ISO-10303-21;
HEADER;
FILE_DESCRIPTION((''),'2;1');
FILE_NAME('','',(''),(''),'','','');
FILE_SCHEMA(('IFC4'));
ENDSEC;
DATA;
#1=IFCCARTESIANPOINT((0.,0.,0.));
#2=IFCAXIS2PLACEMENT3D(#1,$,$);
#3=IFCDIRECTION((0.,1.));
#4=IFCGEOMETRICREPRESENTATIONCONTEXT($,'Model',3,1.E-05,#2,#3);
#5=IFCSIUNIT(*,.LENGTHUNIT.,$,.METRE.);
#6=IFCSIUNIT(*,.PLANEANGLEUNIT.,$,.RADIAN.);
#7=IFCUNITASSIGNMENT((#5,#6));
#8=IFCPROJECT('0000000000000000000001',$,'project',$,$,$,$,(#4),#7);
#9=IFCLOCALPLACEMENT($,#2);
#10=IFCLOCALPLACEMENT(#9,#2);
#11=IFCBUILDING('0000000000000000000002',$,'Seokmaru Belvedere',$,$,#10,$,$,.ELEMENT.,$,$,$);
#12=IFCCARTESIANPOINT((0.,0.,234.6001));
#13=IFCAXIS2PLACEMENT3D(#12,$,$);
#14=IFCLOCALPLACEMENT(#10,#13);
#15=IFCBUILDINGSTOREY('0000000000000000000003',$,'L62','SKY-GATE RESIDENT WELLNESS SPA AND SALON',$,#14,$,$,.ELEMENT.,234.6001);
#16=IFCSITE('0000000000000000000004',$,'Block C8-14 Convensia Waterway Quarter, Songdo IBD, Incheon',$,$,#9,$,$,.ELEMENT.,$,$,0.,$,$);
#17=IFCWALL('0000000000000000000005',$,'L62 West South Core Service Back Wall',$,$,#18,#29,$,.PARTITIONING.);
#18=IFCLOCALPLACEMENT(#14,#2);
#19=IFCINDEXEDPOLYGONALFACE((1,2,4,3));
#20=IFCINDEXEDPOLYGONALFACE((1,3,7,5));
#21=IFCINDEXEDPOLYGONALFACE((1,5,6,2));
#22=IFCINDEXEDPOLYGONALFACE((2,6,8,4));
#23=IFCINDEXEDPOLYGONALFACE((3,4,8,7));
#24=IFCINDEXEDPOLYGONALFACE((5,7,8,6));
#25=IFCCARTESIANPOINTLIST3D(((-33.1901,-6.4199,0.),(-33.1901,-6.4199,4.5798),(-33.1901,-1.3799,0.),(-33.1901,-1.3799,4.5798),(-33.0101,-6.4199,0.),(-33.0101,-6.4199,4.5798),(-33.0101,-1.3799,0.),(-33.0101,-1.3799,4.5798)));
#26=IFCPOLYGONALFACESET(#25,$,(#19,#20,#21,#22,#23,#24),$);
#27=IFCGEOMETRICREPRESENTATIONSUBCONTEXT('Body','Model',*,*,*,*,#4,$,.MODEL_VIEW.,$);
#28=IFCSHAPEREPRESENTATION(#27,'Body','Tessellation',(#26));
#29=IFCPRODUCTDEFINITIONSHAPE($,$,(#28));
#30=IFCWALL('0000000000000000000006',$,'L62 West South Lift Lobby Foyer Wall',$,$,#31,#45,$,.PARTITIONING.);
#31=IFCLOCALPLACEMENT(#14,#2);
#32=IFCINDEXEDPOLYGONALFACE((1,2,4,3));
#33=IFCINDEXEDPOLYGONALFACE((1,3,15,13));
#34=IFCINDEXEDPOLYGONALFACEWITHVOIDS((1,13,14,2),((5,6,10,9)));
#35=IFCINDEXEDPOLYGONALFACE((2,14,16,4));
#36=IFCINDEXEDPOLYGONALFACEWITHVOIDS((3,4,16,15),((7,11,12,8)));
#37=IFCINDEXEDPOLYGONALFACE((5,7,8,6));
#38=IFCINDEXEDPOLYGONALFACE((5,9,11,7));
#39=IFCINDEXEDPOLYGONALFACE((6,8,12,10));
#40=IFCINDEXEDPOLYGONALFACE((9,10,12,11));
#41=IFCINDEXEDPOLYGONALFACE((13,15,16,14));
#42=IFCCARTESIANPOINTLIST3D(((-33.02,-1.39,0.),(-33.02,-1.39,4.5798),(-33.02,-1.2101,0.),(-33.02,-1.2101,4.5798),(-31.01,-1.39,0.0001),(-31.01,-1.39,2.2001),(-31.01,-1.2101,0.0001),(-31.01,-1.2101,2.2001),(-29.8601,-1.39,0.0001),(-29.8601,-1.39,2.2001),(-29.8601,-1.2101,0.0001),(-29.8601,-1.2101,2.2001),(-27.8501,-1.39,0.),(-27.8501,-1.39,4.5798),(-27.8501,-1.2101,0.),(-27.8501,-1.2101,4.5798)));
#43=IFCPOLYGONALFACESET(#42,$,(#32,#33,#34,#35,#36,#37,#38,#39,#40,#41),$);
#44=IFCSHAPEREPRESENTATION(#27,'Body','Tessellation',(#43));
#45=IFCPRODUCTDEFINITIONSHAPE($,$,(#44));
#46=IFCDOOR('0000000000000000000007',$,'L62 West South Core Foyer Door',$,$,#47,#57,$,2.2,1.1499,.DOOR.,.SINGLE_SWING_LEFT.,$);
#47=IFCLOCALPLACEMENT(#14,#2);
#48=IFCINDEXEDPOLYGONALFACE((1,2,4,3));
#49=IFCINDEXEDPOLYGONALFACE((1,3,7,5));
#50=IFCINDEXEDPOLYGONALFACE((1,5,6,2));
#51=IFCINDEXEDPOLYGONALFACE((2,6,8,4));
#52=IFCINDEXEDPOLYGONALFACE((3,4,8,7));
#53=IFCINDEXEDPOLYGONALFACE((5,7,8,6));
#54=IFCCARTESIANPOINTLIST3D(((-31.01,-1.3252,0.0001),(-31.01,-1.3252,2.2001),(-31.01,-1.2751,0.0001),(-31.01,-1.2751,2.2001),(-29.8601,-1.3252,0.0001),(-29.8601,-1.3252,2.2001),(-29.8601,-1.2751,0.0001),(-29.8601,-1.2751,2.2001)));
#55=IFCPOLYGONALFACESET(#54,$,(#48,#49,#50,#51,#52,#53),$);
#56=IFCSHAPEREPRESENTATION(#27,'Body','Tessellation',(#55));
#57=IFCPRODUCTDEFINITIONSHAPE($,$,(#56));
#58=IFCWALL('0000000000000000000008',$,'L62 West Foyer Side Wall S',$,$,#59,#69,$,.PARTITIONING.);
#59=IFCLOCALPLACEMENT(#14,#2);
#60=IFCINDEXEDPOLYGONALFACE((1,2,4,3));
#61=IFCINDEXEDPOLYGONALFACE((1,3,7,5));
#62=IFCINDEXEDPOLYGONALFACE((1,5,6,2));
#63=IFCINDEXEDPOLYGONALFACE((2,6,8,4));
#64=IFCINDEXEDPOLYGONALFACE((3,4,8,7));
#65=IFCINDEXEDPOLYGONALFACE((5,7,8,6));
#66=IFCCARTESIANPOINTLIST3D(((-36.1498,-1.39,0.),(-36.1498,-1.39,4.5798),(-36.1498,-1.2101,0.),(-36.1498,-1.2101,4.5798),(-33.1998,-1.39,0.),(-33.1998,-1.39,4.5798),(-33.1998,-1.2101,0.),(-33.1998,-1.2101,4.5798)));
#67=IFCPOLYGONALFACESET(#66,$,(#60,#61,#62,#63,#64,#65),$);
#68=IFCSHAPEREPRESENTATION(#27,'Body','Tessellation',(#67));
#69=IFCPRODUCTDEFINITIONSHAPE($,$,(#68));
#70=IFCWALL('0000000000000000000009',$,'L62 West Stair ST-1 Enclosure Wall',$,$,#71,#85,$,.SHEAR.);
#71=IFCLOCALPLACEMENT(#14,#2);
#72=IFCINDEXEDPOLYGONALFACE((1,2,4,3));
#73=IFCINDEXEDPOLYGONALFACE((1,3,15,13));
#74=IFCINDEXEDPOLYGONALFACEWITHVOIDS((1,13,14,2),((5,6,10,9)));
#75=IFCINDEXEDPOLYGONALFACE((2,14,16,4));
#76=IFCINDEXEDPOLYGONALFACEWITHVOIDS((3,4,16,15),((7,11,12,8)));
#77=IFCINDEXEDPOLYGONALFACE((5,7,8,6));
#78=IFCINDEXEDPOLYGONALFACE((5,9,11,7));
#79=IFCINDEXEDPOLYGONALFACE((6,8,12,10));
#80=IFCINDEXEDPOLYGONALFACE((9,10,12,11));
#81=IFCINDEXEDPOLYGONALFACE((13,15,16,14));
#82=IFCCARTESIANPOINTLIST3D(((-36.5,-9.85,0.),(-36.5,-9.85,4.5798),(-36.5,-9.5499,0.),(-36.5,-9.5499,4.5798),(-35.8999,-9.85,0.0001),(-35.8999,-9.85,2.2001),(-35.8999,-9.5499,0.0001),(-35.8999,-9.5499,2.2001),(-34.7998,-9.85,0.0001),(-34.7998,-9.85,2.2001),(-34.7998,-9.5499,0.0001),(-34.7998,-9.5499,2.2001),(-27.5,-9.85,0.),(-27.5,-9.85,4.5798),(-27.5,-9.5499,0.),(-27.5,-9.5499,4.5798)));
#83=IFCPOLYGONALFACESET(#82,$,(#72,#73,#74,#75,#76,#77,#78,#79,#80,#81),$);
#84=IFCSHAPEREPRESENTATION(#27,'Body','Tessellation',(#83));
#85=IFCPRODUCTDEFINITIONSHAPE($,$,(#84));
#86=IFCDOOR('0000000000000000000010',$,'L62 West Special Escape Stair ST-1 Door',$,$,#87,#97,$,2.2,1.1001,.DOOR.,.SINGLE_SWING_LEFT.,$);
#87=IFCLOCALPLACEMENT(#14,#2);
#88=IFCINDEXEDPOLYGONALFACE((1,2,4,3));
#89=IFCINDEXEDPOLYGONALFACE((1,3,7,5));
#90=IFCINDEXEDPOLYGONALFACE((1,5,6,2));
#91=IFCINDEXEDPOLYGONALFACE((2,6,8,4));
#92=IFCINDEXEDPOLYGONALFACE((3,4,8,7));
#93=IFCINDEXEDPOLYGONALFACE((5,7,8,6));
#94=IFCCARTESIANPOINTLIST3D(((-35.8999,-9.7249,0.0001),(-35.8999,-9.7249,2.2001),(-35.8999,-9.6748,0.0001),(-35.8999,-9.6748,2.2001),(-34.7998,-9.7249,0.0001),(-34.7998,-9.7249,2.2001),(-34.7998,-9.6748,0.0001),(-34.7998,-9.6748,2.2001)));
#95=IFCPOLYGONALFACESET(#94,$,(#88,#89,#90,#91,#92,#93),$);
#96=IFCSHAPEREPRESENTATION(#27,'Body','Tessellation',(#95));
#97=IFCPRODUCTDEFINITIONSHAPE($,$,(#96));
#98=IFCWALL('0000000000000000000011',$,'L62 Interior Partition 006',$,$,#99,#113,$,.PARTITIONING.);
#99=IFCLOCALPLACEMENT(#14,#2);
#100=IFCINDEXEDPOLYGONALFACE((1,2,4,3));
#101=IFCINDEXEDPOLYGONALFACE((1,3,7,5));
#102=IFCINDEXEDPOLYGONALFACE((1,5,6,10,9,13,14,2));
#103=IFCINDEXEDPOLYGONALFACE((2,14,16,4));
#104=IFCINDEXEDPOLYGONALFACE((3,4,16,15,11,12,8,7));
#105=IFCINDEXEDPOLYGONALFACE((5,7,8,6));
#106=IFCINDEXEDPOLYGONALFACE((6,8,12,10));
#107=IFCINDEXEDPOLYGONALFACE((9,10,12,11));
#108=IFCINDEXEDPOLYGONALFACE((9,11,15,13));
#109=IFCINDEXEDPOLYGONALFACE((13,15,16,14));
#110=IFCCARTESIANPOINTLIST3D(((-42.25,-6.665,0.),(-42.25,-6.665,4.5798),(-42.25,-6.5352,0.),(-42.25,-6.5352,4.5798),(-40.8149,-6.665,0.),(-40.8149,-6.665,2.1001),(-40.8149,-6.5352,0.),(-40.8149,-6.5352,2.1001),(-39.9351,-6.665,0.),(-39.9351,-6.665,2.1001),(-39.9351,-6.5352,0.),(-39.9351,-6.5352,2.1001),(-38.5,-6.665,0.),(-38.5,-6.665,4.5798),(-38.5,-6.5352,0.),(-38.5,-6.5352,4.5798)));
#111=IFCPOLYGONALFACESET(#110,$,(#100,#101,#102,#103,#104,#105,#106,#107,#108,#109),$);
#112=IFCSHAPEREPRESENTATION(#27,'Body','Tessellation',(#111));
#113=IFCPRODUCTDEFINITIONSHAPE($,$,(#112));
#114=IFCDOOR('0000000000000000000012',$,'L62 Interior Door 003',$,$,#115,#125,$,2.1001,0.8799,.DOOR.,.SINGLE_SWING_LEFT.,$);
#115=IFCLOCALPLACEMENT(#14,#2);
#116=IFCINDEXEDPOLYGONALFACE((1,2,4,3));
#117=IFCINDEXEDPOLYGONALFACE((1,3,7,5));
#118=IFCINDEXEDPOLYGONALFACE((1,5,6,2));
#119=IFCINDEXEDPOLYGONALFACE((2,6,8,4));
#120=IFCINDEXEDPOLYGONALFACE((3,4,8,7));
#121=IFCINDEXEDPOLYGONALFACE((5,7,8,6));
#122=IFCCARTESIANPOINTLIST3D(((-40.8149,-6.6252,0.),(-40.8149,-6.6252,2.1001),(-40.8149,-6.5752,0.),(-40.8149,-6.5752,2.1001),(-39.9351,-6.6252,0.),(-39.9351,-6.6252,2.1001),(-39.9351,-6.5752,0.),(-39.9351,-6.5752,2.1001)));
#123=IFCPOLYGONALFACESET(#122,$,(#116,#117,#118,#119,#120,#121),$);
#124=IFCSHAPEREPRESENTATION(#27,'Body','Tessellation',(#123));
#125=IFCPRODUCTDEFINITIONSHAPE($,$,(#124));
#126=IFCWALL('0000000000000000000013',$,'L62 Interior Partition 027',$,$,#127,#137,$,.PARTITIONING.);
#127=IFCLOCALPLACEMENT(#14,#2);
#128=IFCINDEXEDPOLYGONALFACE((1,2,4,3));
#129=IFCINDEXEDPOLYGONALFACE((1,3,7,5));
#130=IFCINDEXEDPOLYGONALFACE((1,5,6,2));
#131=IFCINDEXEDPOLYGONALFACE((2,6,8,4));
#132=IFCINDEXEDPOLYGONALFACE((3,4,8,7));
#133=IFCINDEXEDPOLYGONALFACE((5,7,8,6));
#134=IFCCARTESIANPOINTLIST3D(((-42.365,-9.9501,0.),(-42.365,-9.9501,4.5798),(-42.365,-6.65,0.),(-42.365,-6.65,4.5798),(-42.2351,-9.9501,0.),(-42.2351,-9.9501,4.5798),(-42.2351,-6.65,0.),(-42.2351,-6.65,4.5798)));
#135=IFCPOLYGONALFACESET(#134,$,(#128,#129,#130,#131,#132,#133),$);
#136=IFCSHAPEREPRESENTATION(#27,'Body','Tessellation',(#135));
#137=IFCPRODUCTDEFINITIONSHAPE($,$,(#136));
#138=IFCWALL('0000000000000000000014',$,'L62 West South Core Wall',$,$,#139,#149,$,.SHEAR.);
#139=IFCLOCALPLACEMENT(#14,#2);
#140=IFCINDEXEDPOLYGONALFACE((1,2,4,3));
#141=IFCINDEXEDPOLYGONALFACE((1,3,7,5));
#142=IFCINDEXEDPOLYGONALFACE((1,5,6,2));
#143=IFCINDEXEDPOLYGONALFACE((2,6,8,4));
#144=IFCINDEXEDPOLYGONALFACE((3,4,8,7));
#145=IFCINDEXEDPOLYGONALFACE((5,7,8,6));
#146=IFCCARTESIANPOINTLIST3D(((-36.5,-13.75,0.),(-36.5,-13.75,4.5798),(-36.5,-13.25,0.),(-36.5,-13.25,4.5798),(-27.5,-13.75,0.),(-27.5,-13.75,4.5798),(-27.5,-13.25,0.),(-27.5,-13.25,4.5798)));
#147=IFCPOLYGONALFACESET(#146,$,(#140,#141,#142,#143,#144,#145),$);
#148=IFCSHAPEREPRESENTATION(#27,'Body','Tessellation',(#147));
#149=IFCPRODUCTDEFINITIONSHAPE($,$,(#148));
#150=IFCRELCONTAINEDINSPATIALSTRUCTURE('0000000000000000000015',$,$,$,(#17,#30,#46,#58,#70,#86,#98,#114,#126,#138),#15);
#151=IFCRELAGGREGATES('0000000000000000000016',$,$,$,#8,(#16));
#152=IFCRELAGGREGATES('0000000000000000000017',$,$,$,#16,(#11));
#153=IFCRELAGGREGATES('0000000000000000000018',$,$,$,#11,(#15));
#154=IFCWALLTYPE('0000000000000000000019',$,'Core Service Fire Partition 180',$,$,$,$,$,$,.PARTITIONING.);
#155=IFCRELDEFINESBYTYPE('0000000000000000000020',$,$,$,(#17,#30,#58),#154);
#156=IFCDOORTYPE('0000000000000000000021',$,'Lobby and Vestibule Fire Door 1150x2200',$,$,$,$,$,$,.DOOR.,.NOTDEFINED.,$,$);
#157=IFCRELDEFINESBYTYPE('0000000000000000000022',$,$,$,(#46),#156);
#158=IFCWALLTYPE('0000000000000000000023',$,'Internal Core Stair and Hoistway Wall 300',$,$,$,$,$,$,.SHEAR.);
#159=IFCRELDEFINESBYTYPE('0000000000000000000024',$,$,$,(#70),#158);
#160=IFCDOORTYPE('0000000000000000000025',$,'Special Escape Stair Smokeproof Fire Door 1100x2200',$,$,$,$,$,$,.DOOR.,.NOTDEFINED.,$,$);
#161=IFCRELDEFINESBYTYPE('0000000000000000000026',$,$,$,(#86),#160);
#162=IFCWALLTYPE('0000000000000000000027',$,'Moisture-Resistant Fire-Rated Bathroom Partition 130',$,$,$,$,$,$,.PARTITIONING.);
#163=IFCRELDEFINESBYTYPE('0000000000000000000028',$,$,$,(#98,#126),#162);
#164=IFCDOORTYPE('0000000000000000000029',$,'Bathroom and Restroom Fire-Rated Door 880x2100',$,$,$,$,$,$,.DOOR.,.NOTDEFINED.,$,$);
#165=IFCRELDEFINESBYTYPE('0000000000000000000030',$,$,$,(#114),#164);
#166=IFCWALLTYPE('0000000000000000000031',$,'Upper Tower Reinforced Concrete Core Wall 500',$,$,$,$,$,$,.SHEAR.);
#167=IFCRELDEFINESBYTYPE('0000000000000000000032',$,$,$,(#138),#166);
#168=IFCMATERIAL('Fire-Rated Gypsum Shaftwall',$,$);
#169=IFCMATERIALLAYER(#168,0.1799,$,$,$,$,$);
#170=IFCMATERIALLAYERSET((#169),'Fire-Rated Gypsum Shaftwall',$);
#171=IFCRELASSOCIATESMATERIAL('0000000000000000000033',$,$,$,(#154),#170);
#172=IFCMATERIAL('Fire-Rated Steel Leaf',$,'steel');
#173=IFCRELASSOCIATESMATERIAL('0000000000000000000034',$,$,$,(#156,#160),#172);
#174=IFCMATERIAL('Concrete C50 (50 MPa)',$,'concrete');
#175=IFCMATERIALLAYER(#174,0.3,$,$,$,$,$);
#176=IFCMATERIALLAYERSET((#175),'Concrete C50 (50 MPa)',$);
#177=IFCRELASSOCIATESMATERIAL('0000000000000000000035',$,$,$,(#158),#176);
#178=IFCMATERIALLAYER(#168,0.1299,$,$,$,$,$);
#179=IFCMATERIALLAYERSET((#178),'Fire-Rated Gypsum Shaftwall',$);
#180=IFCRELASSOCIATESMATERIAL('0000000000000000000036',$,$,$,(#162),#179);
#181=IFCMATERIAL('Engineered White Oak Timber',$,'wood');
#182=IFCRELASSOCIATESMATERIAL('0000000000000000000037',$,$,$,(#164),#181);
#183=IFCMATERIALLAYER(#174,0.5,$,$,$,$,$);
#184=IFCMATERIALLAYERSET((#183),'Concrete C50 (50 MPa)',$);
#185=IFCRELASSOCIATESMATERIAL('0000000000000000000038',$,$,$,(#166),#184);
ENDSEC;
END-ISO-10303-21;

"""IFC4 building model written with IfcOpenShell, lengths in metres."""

from ifc_helpers import new_model, si_unit, direction, frame, frame_2d, origin, place, context, subcontext, project, spatial, rectangle, extrude, source, transform, mapped, material, layer, layer_set, type_object, type_shapes, element, fill, save


model = new_model("IFC4")

# Units and contexts
model_context = context("Model", 3, precision=1e-05, world=origin(), true_north=direction((0.0, 1.0)))
body_context = subcontext(model_context, "Body", "Model", "MODEL_VIEW")
ifc_project = project(units=[si_unit("LENGTHUNIT", "METRE"), si_unit("PLANEANGLEUNIT", "RADIAN")], contexts=[model_context])

# Site, building, storey
site_placement = place(None, origin())
site = spatial("IfcSite", under=ifc_project, at=site_placement, Name="Block C8-14 Convensia Waterway Quarter, Songdo IBD, Incheon", CompositionType="ELEMENT", RefElevation=0.0)
building_placement = place(site_placement, origin())
building = spatial("IfcBuilding", under=site, at=building_placement, Name="Seokmaru Belvedere", CompositionType="ELEMENT")
storey_placement = place(building_placement, frame((0.0, 0.0, 234.6001)))
storey = spatial("IfcBuildingStorey", under=building, at=storey_placement, Name="L62", Description="SKY-GATE RESIDENT WELLNESS SPA AND SALON", CompositionType="ELEMENT", Elevation=234.6001)

# Shared definitions
ifc_material_1 = material(Name="Fire-Rated Gypsum Shaftwall")
ifc_material_2 = material(Name="Engineered White Oak Timber", Category="wood")

# Wall
ifc_layer_1 = layer(ifc_material_1, 0.1799)
ifc_layer_set_1 = layer_set([ifc_layer_1], Name="Fire-Rated Gypsum Shaftwall")
wall_type_1 = type_object("IfcWallType", Name="Core Service Fire Partition 180", PredefinedType="PARTITIONING", material=ifc_layer_set_1)
wall_1_placement = place(storey_placement, frame((-33.1001, -6.4199, 0.0), z_axis=(0.0, 0.0, 1.0), x_axis=(0.0, 1.0, 0.0)))
element("IfcWall", 1, at=wall_1_placement, inside=storey, type_object=wall_type_1, Name="L62 West South Core Service Back Wall", PredefinedType="PARTITIONING", context=body_context, shape_type="SweptSolid", body=[
    extrude(rectangle(XDim=5.04, YDim=0.1799, at=frame_2d((2.52, 0.0))), origin(), (0.0, 0.0, 1.0), 4.5798),
])

# Wall, opening, door
wall_2_placement = place(storey_placement, frame((-33.02, -1.3, 0.0), z_axis=(0.0, 0.0, 1.0), x_axis=(1.0, 0.0, 0.0)))
wall_2 = element("IfcWall", 2, at=wall_2_placement, inside=storey, type_object=wall_type_1, Name="L62 West South Lift Lobby Foyer Wall", PredefinedType="PARTITIONING", context=body_context, shape_type="SweptSolid", body=[
    extrude(rectangle(XDim=5.1699, YDim=0.1799, at=frame_2d((2.585, 0.0))), origin(), (0.0, 0.0, 1.0), 4.5798),
])
opening_1_placement = place(wall_2_placement, frame((2.01, 0.0, 0.0)))
opening_1 = element("IfcOpeningElement", 3, at=opening_1_placement, cuts=wall_2, PredefinedType="OPENING", context=body_context, shape_type="SweptSolid", body=[
    extrude(rectangle(XDim=1.1499, YDim=2.2, at=frame_2d((0.575, 1.1001))), frame((0.0, 0.1001, 0.0), z_axis=(0.0, -1.0, 0.0), x_axis=(1.0, 0.0, 0.0)), (0.0, 0.0, 1.0), 0.2),
])
ifc_material_3 = material(Name="Fire-Rated Steel Leaf", Category="steel")
door_type_1 = type_object("IfcDoorType", Name="Lobby and Vestibule Fire Door 1150x2200", OperationType="NOTDEFINED", PredefinedType="DOOR", material=ifc_material_3)
shared_shape_1 = source(origin(), body_context, "Body", "SweptSolid", [
    extrude(rectangle(XDim=1.1499, YDim=2.2, at=frame_2d((0.575, 1.1001))), frame((0.0, 0.0249, 0.0), z_axis=(0.0, -1.0, 0.0), x_axis=(1.0, 0.0, 0.0)), (0.0, 0.0, 1.0), 0.05),
])
type_shapes(door_type_1, [shared_shape_1])
door_1_placement = place(opening_1_placement, origin())
door_1 = element("IfcDoor", 4, at=door_1_placement, inside=storey, type_object=door_type_1, Name="L62 West South Core Foyer Door", OperationType="SINGLE_SWING_LEFT", OverallHeight=2.2, OverallWidth=1.1499, PredefinedType="DOOR", context=body_context, shape_type="MappedRepresentation", body=[
    mapped(shared_shape_1, transform((0.0, 0.0, 0.0), scale=1.0)),
])
fill(opening_1, door_1)

# Wall
wall_3_placement = place(storey_placement, frame((-36.1499, -1.3, 0.0), z_axis=(0.0, 0.0, 1.0), x_axis=(1.0, 0.0, 0.0)))
element("IfcWall", 5, at=wall_3_placement, inside=storey, type_object=wall_type_1, Name="L62 West Foyer Side Wall S", PredefinedType="PARTITIONING", context=body_context, shape_type="SweptSolid", body=[
    extrude(rectangle(XDim=2.95, YDim=0.1799, at=frame_2d((1.4751, 0.0))), origin(), (0.0, 0.0, 1.0), 4.5798),
])

# Walls, openings, doors
ifc_material_4 = material(Name="Concrete C50 (50 MPa)", Category="concrete")
ifc_layer_2 = layer(ifc_material_4, 0.3)
ifc_layer_set_2 = layer_set([ifc_layer_2], Name="Concrete C50 (50 MPa)")
wall_type_2 = type_object("IfcWallType", Name="Internal Core Stair and Hoistway Wall 300", PredefinedType="SHEAR", material=ifc_layer_set_2)
wall_4_placement = place(storey_placement, frame((-36.5, -9.7, 0.0), z_axis=(0.0, 0.0, 1.0), x_axis=(1.0, 0.0, 0.0)))
wall_4 = element("IfcWall", 6, at=wall_4_placement, inside=storey, type_object=wall_type_2, Name="L62 West Stair ST-1 Enclosure Wall", PredefinedType="SHEAR", context=body_context, shape_type="SweptSolid", body=[
    extrude(rectangle(XDim=9.0, YDim=0.3, at=frame_2d((4.5, 0.0))), origin(), (0.0, 0.0, 1.0), 4.5798),
])
opening_2_placement = place(wall_4_placement, frame((0.6001, 0.0, 0.0)))
opening_2 = element("IfcOpeningElement", 7, at=opening_2_placement, cuts=wall_4, PredefinedType="OPENING", context=body_context, shape_type="SweptSolid", body=[
    extrude(rectangle(XDim=1.1001, YDim=2.2, at=frame_2d((0.55, 1.1001))), frame((0.0, 0.1602, 0.0), z_axis=(0.0, -1.0, 0.0), x_axis=(1.0, 0.0, 0.0)), (0.0, 0.0, 1.0), 0.3201),
])
door_type_2 = type_object("IfcDoorType", Name="Special Escape Stair Smokeproof Fire Door 1100x2200", OperationType="NOTDEFINED", PredefinedType="DOOR", material=ifc_material_3)
shared_shape_2 = source(origin(), body_context, "Body", "SweptSolid", [
    extrude(rectangle(XDim=1.1001, YDim=2.2, at=frame_2d((0.55, 1.1001))), frame((0.0, 0.0249, 0.0), z_axis=(0.0, -1.0, 0.0), x_axis=(1.0, 0.0, 0.0)), (0.0, 0.0, 1.0), 0.05),
])
type_shapes(door_type_2, [shared_shape_2])
door_2_placement = place(opening_2_placement, frame((1.1001, 0.0, 0.0), z_axis=(0.0, 0.0, 1.0), x_axis=(-1.0, 0.0, 0.0)))
door_2 = element("IfcDoor", 8, at=door_2_placement, inside=storey, type_object=door_type_2, Name="L62 West Special Escape Stair ST-1 Door", OperationType="SINGLE_SWING_LEFT", OverallHeight=2.2, OverallWidth=1.1001, PredefinedType="DOOR", context=body_context, shape_type="MappedRepresentation", body=[
    mapped(shared_shape_2, transform((0.0, 0.0, 0.0), scale=1.0)),
])
fill(opening_2, door_2)
ifc_layer_3 = layer(ifc_material_1, 0.1299)
ifc_layer_set_3 = layer_set([ifc_layer_3], Name="Fire-Rated Gypsum Shaftwall")
wall_type_3 = type_object("IfcWallType", Name="Moisture-Resistant Fire-Rated Bathroom Partition 130", PredefinedType="PARTITIONING", material=ifc_layer_set_3)
wall_5_placement = place(storey_placement, frame((-42.25, -6.6001, 0.0), z_axis=(0.0, 0.0, 1.0), x_axis=(1.0, 0.0, 0.0)))
wall_5 = element("IfcWall", 9, at=wall_5_placement, inside=storey, type_object=wall_type_3, Name="L62 Interior Partition 006", PredefinedType="PARTITIONING", context=body_context, shape_type="SweptSolid", body=[
    extrude(rectangle(XDim=3.75, YDim=0.1299, at=frame_2d((1.875, 0.0))), origin(), (0.0, 0.0, 1.0), 4.5798),
])
opening_3_placement = place(wall_5_placement, frame((1.4351, 0.0, 0.0)))
opening_3 = element("IfcOpeningElement", 10, at=opening_3_placement, cuts=wall_5, PredefinedType="OPENING", context=body_context, shape_type="SweptSolid", body=[
    extrude(rectangle(XDim=0.8799, YDim=2.1001, at=frame_2d((0.4399, 1.05))), frame((0.0, 0.075, 0.0), z_axis=(0.0, -1.0, 0.0), x_axis=(1.0, 0.0, 0.0)), (0.0, 0.0, 1.0), 0.1499),
])
door_type_3 = type_object("IfcDoorType", Name="Bathroom and Restroom Fire-Rated Door 880x2100", OperationType="NOTDEFINED", PredefinedType="DOOR", material=ifc_material_2)
shared_shape_3 = source(origin(), body_context, "Body", "SweptSolid", [
    extrude(rectangle(XDim=0.8799, YDim=2.1001, at=frame_2d((0.4399, 1.05))), frame((0.0, 0.0249, 0.0), z_axis=(0.0, -1.0, 0.0), x_axis=(1.0, 0.0, 0.0)), (0.0, 0.0, 1.0), 0.05),
])
type_shapes(door_type_3, [shared_shape_3])
door_3_placement = place(opening_3_placement, origin())
door_3 = element("IfcDoor", 11, at=door_3_placement, inside=storey, type_object=door_type_3, Name="L62 Interior Door 003", OperationType="SINGLE_SWING_LEFT", OverallHeight=2.1001, OverallWidth=0.8799, PredefinedType="DOOR", context=body_context, shape_type="MappedRepresentation", body=[
    mapped(shared_shape_3, transform((0.0, 0.0, 0.0), scale=1.0)),
])
fill(opening_3, door_3)

# Walls
wall_6_placement = place(storey_placement, frame((-42.3, -9.95, 0.0), z_axis=(0.0, 0.0, 1.0), x_axis=(0.0, 1.0, 0.0)))
element("IfcWall", 12, at=wall_6_placement, inside=storey, type_object=wall_type_3, Name="L62 Interior Partition 027", PredefinedType="PARTITIONING", context=body_context, shape_type="SweptSolid", body=[
    extrude(rectangle(XDim=3.3, YDim=0.1299, at=frame_2d((1.6499, 0.0))), origin(), (0.0, 0.0, 1.0), 4.5798),
])
ifc_layer_4 = layer(ifc_material_4, 0.5)
ifc_layer_set_4 = layer_set([ifc_layer_4], Name="Concrete C50 (50 MPa)")
wall_type_4 = type_object("IfcWallType", Name="Upper Tower Reinforced Concrete Core Wall 500", PredefinedType="SHEAR", material=ifc_layer_set_4)
wall_7_placement = place(storey_placement, frame((-36.5, -13.5, 0.0), z_axis=(0.0, 0.0, 1.0), x_axis=(1.0, 0.0, 0.0)))
element("IfcWall", 13, at=wall_7_placement, inside=storey, type_object=wall_type_4, Name="L62 West South Core Wall", PredefinedType="SHEAR", context=body_context, shape_type="SweptSolid", body=[
    extrude(rectangle(XDim=9.0, YDim=0.5, at=frame_2d((4.5, 0.0))), origin(), (0.0, 0.0, 1.0), 4.5798),
])

save(model, "model.ifc")
